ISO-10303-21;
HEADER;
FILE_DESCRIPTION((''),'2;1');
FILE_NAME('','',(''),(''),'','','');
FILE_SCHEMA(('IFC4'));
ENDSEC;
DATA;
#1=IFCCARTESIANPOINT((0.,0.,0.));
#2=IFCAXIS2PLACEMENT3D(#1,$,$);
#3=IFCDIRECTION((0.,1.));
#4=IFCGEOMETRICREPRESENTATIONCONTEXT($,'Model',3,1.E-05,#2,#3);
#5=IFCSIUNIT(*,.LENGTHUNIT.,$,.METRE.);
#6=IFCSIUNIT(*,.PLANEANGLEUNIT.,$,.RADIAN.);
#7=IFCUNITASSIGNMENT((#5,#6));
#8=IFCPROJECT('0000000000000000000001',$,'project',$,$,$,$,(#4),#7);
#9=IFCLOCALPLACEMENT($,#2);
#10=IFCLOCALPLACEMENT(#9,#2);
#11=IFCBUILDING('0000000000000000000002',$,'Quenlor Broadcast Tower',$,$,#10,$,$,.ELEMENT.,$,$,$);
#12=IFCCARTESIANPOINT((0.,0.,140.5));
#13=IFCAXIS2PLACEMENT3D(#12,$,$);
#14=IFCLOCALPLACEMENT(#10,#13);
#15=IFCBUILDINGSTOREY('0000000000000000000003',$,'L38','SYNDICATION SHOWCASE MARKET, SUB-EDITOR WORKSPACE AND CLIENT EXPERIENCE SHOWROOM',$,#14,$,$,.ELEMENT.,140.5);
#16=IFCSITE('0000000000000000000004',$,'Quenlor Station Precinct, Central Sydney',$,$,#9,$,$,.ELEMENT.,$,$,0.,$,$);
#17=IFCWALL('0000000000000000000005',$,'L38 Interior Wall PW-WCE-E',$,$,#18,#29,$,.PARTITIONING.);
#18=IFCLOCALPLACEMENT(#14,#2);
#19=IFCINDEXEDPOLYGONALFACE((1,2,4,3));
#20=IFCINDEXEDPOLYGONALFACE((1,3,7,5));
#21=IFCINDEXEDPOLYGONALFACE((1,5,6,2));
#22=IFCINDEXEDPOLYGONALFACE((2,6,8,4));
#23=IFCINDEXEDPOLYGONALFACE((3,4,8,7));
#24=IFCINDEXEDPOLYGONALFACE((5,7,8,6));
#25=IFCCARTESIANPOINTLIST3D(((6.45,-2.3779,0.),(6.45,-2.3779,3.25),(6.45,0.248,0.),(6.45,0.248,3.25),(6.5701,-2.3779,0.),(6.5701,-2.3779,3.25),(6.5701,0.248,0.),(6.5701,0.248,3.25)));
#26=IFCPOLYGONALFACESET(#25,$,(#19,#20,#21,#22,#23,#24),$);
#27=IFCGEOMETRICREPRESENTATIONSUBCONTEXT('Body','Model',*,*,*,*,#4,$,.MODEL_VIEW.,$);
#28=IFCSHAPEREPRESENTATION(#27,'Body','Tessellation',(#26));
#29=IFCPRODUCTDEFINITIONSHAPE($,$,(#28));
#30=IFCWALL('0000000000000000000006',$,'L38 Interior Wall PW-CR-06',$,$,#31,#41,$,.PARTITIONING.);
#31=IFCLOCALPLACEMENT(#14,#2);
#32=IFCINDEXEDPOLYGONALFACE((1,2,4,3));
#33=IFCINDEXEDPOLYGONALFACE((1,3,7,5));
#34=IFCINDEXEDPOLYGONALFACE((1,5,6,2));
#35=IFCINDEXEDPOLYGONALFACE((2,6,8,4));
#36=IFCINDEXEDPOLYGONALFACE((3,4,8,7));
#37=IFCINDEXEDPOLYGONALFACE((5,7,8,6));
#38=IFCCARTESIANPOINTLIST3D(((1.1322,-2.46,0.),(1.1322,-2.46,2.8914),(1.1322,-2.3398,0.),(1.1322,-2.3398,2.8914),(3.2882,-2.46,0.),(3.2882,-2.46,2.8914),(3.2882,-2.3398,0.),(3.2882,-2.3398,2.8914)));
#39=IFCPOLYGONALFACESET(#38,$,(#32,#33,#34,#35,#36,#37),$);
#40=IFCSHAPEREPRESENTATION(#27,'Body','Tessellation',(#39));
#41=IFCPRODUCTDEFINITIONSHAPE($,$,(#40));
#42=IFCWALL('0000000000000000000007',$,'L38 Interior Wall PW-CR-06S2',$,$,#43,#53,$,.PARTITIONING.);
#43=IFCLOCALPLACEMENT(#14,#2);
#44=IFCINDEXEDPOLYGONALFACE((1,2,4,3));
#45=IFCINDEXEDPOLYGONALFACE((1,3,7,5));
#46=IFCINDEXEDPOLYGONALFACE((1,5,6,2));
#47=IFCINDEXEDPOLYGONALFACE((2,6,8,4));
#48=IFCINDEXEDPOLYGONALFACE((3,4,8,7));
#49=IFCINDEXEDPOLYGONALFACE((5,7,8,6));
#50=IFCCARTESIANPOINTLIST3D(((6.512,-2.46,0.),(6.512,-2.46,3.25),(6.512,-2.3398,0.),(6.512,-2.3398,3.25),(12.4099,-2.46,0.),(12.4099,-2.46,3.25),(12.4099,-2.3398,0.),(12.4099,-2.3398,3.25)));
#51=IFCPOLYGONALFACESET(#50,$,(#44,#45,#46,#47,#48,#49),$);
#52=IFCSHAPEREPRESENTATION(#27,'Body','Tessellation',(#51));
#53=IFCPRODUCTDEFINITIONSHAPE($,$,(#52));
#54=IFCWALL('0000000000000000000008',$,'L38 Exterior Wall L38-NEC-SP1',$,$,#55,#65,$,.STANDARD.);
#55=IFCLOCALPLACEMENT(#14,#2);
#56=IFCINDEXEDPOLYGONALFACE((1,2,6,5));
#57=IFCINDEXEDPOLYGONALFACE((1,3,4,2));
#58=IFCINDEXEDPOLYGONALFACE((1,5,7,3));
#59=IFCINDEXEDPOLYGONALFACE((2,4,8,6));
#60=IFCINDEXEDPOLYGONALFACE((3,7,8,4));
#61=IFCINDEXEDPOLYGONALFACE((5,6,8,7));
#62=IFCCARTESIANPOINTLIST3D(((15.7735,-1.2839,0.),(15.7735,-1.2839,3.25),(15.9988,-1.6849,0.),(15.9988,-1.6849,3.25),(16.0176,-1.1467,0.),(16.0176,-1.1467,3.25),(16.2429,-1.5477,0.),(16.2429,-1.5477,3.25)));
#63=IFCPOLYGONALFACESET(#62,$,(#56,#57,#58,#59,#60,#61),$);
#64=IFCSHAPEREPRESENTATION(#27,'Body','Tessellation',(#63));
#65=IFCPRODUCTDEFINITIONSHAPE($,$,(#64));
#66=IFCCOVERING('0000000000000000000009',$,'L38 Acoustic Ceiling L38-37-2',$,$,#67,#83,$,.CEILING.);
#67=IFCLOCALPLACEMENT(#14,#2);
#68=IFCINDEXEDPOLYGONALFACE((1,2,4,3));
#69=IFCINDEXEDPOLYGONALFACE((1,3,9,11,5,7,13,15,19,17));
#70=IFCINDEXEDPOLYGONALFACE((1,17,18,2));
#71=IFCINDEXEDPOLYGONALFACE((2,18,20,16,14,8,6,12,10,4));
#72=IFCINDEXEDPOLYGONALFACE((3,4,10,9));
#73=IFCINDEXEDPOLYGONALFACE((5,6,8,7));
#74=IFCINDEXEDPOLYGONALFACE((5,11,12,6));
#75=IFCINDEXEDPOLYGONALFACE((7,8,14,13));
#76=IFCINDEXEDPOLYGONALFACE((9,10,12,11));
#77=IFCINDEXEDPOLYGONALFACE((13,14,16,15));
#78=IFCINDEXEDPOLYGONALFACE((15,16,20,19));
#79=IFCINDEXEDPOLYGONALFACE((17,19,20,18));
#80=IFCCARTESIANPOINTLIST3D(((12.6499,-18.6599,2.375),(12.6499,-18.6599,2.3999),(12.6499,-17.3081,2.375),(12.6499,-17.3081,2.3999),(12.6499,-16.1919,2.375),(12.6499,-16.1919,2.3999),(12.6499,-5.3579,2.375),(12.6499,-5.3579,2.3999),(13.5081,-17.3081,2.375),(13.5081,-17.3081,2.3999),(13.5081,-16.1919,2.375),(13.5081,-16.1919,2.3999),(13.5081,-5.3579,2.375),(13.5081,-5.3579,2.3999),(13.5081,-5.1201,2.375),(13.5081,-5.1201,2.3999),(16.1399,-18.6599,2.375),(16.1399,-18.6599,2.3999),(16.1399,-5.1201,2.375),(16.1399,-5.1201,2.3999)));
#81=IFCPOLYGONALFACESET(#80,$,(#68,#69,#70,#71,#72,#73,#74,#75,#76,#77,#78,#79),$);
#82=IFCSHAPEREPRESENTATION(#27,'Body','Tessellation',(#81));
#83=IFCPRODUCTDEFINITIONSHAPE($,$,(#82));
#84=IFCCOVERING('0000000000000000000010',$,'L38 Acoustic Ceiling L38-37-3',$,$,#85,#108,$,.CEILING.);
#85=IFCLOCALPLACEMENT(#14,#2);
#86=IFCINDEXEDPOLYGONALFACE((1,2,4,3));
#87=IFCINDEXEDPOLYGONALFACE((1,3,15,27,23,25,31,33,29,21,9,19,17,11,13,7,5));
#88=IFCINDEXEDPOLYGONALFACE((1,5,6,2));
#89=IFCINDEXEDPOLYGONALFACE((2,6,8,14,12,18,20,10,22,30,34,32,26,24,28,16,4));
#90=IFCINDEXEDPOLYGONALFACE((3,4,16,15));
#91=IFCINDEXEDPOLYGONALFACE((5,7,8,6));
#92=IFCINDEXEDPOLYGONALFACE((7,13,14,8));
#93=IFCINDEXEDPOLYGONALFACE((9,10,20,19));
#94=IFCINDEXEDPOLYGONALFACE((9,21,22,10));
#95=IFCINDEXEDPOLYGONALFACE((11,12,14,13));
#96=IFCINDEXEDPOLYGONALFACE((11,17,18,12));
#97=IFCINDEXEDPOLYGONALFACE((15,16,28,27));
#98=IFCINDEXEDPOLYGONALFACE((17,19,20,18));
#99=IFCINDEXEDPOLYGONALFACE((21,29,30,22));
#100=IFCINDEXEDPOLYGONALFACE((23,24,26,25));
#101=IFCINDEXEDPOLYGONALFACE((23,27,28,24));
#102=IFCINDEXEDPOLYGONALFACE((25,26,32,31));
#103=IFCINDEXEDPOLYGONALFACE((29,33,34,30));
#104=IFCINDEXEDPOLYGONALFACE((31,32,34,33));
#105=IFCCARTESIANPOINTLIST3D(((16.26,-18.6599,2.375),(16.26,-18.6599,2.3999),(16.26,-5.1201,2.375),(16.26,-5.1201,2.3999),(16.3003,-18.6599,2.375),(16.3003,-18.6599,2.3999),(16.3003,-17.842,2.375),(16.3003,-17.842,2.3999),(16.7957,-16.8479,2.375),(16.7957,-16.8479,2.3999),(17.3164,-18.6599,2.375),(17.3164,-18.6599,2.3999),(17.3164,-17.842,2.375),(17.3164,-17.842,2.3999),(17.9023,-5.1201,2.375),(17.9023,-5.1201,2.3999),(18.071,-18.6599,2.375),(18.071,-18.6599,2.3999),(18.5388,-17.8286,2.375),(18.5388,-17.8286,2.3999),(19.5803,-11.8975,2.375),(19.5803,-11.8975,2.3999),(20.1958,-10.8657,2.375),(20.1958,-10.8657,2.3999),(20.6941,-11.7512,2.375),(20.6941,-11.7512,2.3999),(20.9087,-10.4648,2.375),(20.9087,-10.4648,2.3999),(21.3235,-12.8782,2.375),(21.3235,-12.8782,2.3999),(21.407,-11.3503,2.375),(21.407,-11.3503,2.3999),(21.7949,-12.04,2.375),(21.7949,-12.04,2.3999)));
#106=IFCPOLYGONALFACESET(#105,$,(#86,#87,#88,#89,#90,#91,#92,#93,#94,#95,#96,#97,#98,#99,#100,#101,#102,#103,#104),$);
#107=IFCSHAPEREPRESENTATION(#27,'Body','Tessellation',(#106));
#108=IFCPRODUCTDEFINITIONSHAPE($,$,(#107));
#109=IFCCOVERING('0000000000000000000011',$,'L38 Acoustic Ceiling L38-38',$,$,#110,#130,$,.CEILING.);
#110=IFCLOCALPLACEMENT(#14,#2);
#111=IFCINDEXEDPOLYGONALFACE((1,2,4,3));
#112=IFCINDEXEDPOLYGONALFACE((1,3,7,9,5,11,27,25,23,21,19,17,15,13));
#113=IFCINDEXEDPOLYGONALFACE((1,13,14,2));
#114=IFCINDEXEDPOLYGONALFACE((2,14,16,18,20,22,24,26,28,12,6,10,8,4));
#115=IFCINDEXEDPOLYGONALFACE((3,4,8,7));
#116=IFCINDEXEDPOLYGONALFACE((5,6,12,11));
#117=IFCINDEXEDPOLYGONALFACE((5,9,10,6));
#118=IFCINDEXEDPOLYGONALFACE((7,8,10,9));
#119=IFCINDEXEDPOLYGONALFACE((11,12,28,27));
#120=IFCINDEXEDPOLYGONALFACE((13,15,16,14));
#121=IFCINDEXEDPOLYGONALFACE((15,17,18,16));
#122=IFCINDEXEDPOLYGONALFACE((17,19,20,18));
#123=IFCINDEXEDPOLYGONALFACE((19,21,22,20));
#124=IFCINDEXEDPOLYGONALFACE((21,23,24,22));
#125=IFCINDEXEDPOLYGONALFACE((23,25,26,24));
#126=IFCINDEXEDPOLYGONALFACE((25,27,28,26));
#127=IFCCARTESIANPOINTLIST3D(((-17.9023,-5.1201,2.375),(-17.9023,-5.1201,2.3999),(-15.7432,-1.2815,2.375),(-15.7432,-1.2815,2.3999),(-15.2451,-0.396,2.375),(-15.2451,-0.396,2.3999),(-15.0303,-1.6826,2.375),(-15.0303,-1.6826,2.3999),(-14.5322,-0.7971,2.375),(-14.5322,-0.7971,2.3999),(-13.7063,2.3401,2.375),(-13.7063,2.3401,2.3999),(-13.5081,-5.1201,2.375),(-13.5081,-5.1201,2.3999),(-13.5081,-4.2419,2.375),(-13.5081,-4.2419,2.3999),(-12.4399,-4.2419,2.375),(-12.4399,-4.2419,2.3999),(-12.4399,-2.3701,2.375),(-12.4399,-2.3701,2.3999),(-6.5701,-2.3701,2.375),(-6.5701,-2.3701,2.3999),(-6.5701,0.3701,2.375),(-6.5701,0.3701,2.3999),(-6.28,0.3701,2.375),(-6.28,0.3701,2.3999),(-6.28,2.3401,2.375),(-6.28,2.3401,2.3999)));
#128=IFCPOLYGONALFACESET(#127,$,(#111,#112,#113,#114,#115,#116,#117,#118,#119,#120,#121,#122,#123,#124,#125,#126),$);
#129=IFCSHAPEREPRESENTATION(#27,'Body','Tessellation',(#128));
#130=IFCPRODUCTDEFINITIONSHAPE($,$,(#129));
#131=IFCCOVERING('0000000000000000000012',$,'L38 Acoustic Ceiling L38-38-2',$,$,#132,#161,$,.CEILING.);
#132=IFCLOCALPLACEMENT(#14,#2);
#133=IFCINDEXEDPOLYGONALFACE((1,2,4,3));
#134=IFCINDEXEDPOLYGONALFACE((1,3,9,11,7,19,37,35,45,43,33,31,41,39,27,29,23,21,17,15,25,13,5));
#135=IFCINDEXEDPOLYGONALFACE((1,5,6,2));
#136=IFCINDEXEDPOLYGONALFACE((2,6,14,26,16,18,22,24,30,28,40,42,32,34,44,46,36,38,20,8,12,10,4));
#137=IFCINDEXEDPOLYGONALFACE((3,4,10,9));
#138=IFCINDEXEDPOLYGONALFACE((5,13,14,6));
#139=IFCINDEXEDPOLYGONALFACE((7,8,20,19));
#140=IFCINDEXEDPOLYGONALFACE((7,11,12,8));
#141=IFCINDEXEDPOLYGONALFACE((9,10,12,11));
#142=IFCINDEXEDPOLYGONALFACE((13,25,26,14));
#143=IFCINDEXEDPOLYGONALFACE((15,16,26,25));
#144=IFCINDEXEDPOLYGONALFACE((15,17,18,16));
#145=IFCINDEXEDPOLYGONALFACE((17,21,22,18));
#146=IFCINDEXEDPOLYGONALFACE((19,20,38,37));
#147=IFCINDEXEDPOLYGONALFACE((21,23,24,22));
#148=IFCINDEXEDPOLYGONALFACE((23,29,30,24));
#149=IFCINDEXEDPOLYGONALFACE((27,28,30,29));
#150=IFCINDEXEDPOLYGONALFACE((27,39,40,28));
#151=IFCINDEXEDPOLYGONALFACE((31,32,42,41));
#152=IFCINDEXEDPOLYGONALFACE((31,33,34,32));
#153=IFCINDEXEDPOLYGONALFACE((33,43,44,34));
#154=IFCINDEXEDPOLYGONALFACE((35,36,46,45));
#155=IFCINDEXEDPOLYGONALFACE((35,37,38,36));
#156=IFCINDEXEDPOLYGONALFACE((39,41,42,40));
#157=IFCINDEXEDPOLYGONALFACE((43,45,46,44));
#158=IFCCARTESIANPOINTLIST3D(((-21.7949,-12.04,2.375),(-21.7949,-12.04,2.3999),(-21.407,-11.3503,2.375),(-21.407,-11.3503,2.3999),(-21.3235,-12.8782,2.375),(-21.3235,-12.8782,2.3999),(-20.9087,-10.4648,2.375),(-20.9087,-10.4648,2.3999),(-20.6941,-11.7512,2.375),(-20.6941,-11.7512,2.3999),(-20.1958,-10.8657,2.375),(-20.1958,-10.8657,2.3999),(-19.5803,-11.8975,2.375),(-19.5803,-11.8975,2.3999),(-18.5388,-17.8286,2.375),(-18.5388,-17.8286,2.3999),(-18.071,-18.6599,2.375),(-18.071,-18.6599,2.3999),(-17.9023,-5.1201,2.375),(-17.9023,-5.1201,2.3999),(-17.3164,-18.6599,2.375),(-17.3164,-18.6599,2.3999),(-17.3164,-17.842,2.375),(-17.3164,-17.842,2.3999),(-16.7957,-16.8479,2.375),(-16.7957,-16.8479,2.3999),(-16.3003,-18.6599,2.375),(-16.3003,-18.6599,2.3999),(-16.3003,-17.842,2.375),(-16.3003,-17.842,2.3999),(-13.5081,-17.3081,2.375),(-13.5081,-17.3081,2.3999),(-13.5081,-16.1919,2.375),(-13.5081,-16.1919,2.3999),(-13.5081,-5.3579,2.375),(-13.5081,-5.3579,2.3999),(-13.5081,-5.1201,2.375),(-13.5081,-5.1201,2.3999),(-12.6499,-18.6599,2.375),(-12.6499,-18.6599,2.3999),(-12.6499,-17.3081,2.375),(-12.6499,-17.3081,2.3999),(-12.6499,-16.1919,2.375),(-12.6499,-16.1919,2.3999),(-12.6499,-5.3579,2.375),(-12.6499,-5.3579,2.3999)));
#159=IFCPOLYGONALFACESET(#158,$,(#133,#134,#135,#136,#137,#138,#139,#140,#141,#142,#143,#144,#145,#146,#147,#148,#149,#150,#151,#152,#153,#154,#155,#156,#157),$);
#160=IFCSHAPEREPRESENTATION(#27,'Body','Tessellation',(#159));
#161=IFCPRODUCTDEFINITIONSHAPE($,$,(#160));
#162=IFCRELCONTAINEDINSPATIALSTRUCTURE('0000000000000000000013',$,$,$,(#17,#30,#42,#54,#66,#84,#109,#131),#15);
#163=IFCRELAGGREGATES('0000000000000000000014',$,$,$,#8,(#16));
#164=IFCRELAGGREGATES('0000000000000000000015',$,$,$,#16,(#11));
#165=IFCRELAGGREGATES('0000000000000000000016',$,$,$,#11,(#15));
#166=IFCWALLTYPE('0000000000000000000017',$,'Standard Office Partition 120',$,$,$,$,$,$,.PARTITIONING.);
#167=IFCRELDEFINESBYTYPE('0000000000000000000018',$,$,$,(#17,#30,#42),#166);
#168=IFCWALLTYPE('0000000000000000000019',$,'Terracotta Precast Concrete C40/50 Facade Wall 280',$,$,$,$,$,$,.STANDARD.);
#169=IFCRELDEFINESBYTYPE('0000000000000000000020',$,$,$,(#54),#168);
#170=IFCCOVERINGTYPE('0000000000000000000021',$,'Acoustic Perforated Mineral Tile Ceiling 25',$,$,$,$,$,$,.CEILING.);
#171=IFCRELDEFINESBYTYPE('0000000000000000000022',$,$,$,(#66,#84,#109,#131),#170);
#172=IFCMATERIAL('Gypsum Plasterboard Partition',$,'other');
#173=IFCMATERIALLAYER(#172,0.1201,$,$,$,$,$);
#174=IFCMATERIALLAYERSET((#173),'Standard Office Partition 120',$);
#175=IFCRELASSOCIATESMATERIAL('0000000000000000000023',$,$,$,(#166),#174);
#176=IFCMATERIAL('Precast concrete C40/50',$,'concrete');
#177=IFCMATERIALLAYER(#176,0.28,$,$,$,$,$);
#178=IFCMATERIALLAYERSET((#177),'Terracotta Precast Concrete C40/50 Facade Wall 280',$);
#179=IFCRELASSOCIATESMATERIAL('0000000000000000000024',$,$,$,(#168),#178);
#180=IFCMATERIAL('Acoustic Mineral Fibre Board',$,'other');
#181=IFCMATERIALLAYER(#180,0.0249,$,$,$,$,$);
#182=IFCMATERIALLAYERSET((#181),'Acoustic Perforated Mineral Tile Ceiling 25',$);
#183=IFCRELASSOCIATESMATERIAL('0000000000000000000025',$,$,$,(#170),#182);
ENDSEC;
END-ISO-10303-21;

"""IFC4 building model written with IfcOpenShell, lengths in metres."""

from ifc_helpers import new_model, si_unit, direction, frame, frame_2d, origin, place, context, subcontext, project, spatial, polyline, rectangle, outline, extrude, material, layer, layer_set, type_object, element, save


model = new_model("IFC4")

# Units and contexts
model_context = context("Model", 3, precision=1e-05, world=origin(), true_north=direction((0.0, 1.0)))
body_context = subcontext(model_context, "Body", "Model", "MODEL_VIEW")
ifc_project = project(units=[si_unit("LENGTHUNIT", "METRE"), si_unit("PLANEANGLEUNIT", "RADIAN")], contexts=[model_context])

# Site, building, storey
site_placement = place(None, origin())
site = spatial("IfcSite", under=ifc_project, at=site_placement, Name="Quenlor Station Precinct, Central Sydney", CompositionType="ELEMENT", RefElevation=0.0)
building_placement = place(site_placement, origin())
building = spatial("IfcBuilding", under=site, at=building_placement, Name="Quenlor Broadcast Tower", CompositionType="ELEMENT")
storey_placement = place(building_placement, frame((0.0, 0.0, 140.5)))
storey = spatial("IfcBuildingStorey", under=building, at=storey_placement, Name="L38", Description="SYNDICATION SHOWCASE MARKET, SUB-EDITOR WORKSPACE AND CLIENT EXPERIENCE SHOWROOM", CompositionType="ELEMENT", Elevation=140.5)

# Shared definitions
ifc_material_1 = material(Name="Gypsum Plasterboard Partition", Category="other")
ifc_layer_1 = layer(ifc_material_1, 0.1201)
ifc_layer_set_1 = layer_set([ifc_layer_1], Name="Standard Office Partition 120")
wall_type_1 = type_object("IfcWallType", Name="Standard Office Partition 120", PredefinedType="PARTITIONING", material=ifc_layer_set_1)

# Walls
for number, where, z_axis, x_axis, name in (
    (1, (6.51, -2.3779, 0.0), (0.0, 0.0, 1.0), (0.0, 1.0, 0.0), "L38 Interior Wall PW-WCE-E"),
):
    element("IfcWall", number, at=place(storey_placement, frame(where, z_axis=z_axis, x_axis=x_axis)), inside=storey, type_object=wall_type_1, Name=name, PredefinedType="PARTITIONING", context=body_context, shape_type="SweptSolid", body=[
        extrude(rectangle(XDim=2.626, YDim=0.1201, at=frame_2d((1.313, 0.0))), origin(), (0.0, 0.0, 1.0), 3.25),
    ])
wall_1_placement = place(storey_placement, frame((1.1321, -2.3999, 0.0), z_axis=(0.0, 0.0, 1.0), x_axis=(1.0, 0.0, 0.0)))
element("IfcWall", 2, at=wall_1_placement, inside=storey, type_object=wall_type_1, Name="L38 Interior Wall PW-CR-06", PredefinedType="PARTITIONING", context=body_context, shape_type="SweptSolid", body=[
    extrude(rectangle(XDim=2.156, YDim=0.1201, at=frame_2d((1.0781, 0.0))), origin(), (0.0, 0.0, 1.0), 2.8914),
])
wall_2_placement = place(storey_placement, frame((6.512, -2.3999, 0.0), z_axis=(0.0, 0.0, 1.0), x_axis=(1.0, 0.0, 0.0)))
element("IfcWall", 3, at=wall_2_placement, inside=storey, type_object=wall_type_1, Name="L38 Interior Wall PW-CR-06S2", PredefinedType="PARTITIONING", context=body_context, shape_type="SweptSolid", body=[
    extrude(rectangle(XDim=5.8979, YDim=0.1201, at=frame_2d((2.949, 0.0))), origin(), (0.0, 0.0, 1.0), 3.25),
])
ifc_material_2 = material(Name="Precast concrete C40/50", Category="concrete")
ifc_layer_2 = layer(ifc_material_2, 0.28)
ifc_layer_set_2 = layer_set([ifc_layer_2], Name="Terracotta Precast Concrete C40/50 Facade Wall 280")
wall_type_2 = type_object("IfcWallType", Name="Terracotta Precast Concrete C40/50 Facade Wall 280", PredefinedType="STANDARD", material=ifc_layer_set_2)
wall_3_placement = place(storey_placement, frame((15.8955, -1.2153, 0.0), z_axis=(0.0, 0.0, 1.0), x_axis=(0.490009, -0.871717, 0.0)))
element("IfcWall", 4, at=wall_3_placement, inside=storey, type_object=wall_type_2, Name="L38 Exterior Wall L38-NEC-SP1", PredefinedType="STANDARD", context=body_context, shape_type="SweptSolid", body=[
    extrude(rectangle(XDim=0.46, YDim=0.28, at=frame_2d((0.23, 0.0))), origin(), (0.0, 0.0, 1.0), 3.25),
])

# Coverings
ifc_material_3 = material(Name="Acoustic Mineral Fibre Board", Category="other")
ifc_layer_3 = layer(ifc_material_3, 0.0249)
ifc_layer_set_3 = layer_set([ifc_layer_3], Name="Acoustic Perforated Mineral Tile Ceiling 25")
covering_type = type_object("IfcCoveringType", Name="Acoustic Perforated Mineral Tile Ceiling 25", PredefinedType="CEILING", material=ifc_layer_set_3)
covering_1_placement = place(storey_placement, frame((0.0, 0.0, 2.375)))
element("IfcCovering", 5, at=covering_1_placement, inside=storey, type_object=covering_type, Name="L38 Acoustic Ceiling L38-37-2", PredefinedType="CEILING", context=body_context, shape_type="SweptSolid", body=[
    extrude(outline(polyline([(13.5081, -5.1201), (16.1399, -5.1201), (16.1399, -18.6599), (12.6499, -18.6599), (12.6499, -17.3081), (13.5081, -17.3081), (13.5081, -16.1919), (12.6499, -16.1919), (12.6499, -5.3579), (13.5081, -5.3579), (13.5081, -5.1201)])), origin(), (0.0, 0.0, 1.0), 0.0249),
])
covering_2_placement = place(storey_placement, frame((0.0, 0.0, 2.375)))
element("IfcCovering", 6, at=covering_2_placement, inside=storey, type_object=covering_type, Name="L38 Acoustic Ceiling L38-37-3", PredefinedType="CEILING", context=body_context, shape_type="SweptSolid", body=[
    extrude(outline(polyline([(20.9087, -10.4648), (20.1958, -10.8657), (20.6941, -11.7512), (21.407, -11.3503), (21.7949, -12.04), (21.3235, -12.8782), (19.5803, -11.8975), (16.7957, -16.8479), (18.5388, -17.8286), (18.071, -18.6599), (17.3164, -18.6599), (17.3164, -17.842), (16.3003, -17.842), (16.3003, -18.6599), (16.26, -18.6599), (16.26, -5.1201), (17.9023, -5.1201), (20.9087, -10.4648)])), origin(), (0.0, 0.0, 1.0), 0.0249),
])
covering_3_placement = place(storey_placement, frame((0.0, 0.0, 2.375)))
element("IfcCovering", 7, at=covering_3_placement, inside=storey, type_object=covering_type, Name="L38 Acoustic Ceiling L38-38", PredefinedType="CEILING", context=body_context, shape_type="SweptSolid", body=[
    extrude(outline(polyline([(-15.7432, -1.2815), (-15.0303, -1.6826), (-14.5322, -0.7971), (-15.2451, -0.396), (-13.7063, 2.3401), (-6.28, 2.3401), (-6.28, 0.3701), (-6.5701, 0.3701), (-6.5701, -2.3701), (-12.4399, -2.3701), (-12.4399, -4.2419), (-13.5081, -4.2419), (-13.5081, -5.1201), (-17.9023, -5.1201), (-15.7432, -1.2815)])), origin(), (0.0, 0.0, 1.0), 0.0249),
])
covering_4_placement = place(storey_placement, frame((0.0, 0.0, 2.375)))
element("IfcCovering", 8, at=covering_4_placement, inside=storey, type_object=covering_type, Name="L38 Acoustic Ceiling L38-38-2", PredefinedType="CEILING", context=body_context, shape_type="SweptSolid", body=[
    extrude(outline(polyline([(-21.7949, -12.04), (-21.407, -11.3503), (-20.6941, -11.7512), (-20.1958, -10.8657), (-20.9087, -10.4648), (-17.9023, -5.1201), (-13.5081, -5.1201), (-13.5081, -5.3579), (-12.6499, -5.3579), (-12.6499, -16.1919), (-13.5081, -16.1919), (-13.5081, -17.3081), (-12.6499, -17.3081), (-12.6499, -18.6599), (-16.3003, -18.6599), (-16.3003, -17.842), (-17.3164, -17.842), (-17.3164, -18.6599), (-18.071, -18.6599), (-18.5388, -17.8286), (-16.7957, -16.8479), (-19.5803, -11.8975), (-21.3235, -12.8782), (-21.7949, -12.04)])), origin(), (0.0, 0.0, 1.0), 0.0249),
])

save(model, "model.ifc")
